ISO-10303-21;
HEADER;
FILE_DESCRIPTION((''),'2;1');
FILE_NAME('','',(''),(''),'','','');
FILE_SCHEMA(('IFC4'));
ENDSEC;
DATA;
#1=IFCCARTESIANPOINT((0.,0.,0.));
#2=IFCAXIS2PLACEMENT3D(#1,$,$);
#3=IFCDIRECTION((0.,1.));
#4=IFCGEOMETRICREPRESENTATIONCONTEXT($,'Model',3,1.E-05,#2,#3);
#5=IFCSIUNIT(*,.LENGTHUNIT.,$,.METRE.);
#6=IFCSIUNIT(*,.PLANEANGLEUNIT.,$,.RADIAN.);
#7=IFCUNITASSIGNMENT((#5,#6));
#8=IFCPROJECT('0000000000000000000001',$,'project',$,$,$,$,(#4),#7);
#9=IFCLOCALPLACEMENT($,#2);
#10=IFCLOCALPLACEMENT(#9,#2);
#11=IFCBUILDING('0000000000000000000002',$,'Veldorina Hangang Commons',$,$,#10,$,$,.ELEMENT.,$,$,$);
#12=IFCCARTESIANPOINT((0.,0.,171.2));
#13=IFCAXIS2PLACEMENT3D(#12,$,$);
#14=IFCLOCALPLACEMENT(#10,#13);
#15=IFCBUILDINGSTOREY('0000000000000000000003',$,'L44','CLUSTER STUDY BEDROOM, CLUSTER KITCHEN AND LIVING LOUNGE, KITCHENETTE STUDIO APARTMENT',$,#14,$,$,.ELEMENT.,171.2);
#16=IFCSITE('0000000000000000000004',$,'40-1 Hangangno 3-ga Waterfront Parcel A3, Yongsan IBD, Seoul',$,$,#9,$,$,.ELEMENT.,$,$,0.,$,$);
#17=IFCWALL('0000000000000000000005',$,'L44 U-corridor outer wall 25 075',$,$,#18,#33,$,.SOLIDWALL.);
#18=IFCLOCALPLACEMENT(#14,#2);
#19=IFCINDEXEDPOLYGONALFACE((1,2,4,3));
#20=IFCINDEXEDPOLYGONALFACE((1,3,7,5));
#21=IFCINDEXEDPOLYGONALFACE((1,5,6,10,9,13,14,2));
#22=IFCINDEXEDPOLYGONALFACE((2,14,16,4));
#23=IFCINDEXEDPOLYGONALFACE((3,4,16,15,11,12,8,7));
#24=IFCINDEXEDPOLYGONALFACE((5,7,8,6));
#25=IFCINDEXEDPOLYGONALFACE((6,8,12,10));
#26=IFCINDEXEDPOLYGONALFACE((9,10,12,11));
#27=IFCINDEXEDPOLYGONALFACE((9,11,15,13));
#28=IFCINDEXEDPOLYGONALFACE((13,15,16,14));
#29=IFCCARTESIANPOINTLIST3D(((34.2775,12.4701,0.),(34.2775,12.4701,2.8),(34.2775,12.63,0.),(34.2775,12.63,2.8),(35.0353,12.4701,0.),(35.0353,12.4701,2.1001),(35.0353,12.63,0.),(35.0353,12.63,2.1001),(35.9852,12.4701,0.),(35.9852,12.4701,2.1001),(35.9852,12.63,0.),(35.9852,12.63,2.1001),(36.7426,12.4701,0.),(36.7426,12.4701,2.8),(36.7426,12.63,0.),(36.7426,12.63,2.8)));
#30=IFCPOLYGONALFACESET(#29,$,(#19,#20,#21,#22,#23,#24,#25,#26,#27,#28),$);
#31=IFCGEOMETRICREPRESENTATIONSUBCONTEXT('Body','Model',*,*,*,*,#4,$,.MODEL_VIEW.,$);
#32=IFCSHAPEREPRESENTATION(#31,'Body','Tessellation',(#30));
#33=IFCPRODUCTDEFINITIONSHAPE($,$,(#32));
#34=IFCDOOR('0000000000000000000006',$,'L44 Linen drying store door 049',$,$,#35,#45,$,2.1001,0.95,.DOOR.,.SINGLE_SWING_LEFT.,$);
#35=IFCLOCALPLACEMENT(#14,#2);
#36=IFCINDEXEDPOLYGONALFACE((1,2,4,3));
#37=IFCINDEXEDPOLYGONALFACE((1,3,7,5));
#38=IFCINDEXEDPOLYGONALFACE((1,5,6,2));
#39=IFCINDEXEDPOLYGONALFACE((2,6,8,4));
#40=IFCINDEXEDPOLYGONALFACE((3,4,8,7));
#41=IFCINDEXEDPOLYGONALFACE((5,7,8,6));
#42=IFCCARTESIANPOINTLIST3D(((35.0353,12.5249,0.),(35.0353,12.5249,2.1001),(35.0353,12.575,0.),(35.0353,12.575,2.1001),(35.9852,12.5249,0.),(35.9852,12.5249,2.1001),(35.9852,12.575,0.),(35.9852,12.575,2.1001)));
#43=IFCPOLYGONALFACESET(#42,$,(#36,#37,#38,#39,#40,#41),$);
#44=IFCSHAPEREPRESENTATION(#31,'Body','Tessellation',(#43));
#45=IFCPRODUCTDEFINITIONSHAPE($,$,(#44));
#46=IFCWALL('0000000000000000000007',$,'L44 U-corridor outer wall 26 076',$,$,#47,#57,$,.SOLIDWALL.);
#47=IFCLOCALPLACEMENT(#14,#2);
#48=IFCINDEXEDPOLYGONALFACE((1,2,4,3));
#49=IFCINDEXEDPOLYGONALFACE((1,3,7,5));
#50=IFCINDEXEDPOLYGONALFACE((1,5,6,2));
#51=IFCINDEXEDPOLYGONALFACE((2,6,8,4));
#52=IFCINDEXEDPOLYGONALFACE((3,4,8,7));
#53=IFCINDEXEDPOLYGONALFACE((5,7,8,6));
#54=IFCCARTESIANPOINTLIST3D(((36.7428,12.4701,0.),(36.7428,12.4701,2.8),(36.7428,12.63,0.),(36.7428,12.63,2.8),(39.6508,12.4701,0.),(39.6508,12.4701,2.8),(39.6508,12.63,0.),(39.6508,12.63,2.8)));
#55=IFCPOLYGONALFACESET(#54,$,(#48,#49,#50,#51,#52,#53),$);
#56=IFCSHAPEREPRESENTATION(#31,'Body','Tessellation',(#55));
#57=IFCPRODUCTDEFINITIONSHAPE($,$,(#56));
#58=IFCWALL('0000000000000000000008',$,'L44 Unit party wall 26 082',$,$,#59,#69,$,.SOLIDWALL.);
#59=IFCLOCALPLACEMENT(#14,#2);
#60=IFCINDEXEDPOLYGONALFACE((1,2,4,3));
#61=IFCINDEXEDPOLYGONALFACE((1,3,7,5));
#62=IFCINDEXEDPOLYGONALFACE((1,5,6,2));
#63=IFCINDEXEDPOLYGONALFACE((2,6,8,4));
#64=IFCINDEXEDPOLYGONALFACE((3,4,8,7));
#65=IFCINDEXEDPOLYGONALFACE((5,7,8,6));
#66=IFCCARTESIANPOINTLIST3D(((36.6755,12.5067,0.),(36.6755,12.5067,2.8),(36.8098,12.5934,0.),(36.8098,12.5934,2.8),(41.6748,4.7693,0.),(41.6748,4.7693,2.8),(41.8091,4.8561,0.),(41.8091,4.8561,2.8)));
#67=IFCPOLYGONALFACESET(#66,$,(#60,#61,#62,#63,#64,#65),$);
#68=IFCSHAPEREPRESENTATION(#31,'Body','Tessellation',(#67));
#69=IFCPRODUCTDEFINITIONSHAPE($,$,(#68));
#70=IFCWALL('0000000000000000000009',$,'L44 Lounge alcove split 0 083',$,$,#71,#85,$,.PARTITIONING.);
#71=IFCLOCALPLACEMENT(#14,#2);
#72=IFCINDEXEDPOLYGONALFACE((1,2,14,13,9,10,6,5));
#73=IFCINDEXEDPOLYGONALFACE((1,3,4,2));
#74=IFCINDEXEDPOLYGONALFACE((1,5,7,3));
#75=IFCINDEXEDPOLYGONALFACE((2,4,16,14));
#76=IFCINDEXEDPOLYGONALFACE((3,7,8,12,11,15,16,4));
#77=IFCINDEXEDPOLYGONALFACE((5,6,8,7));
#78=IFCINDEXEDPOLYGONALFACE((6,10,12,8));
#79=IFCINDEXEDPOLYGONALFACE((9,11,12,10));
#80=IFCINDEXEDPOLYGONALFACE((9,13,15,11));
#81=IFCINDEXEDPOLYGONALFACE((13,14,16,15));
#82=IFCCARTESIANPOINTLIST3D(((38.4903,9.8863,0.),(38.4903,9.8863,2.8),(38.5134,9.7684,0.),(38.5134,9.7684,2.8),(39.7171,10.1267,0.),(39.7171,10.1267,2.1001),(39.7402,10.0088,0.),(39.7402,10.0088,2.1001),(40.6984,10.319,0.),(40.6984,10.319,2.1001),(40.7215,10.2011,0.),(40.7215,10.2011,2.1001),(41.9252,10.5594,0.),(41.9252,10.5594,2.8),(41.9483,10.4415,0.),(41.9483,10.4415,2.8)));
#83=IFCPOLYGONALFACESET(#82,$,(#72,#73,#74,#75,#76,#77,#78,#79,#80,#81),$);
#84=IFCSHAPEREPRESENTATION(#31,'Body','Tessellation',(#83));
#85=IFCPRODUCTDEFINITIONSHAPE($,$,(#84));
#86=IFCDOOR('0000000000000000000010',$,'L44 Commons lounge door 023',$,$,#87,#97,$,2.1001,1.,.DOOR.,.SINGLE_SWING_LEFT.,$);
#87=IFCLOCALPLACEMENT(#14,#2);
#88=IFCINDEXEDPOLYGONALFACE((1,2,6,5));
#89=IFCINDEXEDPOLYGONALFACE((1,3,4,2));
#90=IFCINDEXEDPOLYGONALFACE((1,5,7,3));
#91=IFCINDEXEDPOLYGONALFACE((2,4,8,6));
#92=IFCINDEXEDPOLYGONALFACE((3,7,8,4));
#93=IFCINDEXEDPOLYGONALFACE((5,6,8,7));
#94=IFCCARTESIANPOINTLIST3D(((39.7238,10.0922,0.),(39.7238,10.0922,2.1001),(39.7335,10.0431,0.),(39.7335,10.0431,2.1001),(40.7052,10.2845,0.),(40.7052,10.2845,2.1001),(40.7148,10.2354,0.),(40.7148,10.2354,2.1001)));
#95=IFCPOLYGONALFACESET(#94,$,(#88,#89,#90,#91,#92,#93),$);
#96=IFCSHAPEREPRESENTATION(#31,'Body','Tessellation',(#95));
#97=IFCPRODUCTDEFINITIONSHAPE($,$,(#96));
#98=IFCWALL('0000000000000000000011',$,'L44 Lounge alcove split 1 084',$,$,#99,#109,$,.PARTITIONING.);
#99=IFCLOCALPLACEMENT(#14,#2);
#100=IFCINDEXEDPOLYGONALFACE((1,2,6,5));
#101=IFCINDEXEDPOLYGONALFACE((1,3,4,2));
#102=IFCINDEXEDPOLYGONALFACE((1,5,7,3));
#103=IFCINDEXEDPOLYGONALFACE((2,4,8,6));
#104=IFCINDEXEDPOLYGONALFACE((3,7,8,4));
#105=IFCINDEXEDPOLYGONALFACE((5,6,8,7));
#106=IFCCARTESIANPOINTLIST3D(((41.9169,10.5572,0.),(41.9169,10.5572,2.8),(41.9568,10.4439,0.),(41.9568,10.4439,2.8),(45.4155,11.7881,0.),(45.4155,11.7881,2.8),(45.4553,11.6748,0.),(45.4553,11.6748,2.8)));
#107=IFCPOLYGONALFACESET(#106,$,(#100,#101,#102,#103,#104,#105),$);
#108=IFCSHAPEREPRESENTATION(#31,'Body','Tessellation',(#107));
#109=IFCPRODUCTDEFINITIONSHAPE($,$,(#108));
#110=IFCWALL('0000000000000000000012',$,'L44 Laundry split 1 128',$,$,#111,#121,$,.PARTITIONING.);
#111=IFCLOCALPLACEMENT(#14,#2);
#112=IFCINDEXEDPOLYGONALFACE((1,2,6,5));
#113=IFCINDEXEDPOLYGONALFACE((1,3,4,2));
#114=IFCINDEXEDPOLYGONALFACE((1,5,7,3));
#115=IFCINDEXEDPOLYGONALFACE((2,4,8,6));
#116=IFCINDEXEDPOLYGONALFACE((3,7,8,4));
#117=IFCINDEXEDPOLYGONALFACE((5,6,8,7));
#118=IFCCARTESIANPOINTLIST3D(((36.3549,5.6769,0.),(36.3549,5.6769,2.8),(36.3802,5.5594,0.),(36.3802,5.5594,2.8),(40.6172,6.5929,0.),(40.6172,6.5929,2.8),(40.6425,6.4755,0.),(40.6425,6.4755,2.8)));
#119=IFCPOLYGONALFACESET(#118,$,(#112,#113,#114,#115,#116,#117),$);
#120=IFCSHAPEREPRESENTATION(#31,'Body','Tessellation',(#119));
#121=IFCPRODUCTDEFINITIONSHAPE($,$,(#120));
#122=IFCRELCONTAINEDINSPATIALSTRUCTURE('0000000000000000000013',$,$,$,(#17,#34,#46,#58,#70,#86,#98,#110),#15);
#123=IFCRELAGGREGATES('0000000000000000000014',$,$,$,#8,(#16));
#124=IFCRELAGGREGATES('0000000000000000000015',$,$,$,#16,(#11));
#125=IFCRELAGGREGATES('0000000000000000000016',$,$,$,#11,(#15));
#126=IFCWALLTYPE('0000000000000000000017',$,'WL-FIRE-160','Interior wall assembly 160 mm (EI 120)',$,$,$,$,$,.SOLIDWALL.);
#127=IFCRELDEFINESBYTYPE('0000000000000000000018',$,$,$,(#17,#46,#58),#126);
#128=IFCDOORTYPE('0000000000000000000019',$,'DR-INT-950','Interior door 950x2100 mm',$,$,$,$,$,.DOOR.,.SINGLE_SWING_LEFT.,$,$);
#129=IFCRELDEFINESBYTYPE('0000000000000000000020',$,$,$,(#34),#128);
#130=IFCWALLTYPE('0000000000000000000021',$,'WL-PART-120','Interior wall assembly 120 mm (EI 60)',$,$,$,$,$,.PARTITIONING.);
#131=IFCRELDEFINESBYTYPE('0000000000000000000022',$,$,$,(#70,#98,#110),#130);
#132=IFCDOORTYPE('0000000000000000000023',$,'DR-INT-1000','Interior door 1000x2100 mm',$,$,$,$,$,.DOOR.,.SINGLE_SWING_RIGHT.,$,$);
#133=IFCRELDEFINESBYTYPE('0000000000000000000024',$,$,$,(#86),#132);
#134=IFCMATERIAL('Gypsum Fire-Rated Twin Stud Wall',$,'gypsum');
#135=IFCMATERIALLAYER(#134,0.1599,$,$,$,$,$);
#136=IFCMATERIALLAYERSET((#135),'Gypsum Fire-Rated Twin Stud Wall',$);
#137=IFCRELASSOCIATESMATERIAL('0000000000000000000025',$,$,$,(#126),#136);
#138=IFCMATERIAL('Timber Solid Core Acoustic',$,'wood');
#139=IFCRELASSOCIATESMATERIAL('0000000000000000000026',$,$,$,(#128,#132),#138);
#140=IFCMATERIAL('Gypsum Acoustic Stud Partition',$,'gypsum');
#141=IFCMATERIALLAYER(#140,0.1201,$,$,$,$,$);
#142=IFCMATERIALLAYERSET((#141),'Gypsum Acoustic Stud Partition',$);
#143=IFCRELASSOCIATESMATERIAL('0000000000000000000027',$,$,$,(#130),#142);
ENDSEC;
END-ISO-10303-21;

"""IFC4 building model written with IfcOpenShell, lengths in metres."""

from ifc_helpers import new_model, si_unit, direction, frame, frame_2d, origin, place, context, subcontext, project, spatial, rectangle, extrude, material, layer, layer_set, type_object, element, fill, save


model = new_model("IFC4")

# Units and contexts
model_context = context("Model", 3, precision=1e-05, world=origin(), true_north=direction((0.0, 1.0)))
body_context = subcontext(model_context, "Body", "Model", "MODEL_VIEW")
ifc_project = project(units=[si_unit("LENGTHUNIT", "METRE"), si_unit("PLANEANGLEUNIT", "RADIAN")], contexts=[model_context])

# Site, building, storey
site_placement = place(None, origin())
site = spatial("IfcSite", under=ifc_project, at=site_placement, Name="40-1 Hangangno 3-ga Waterfront Parcel A3, Yongsan IBD, Seoul", CompositionType="ELEMENT", RefElevation=0.0)
building_placement = place(site_placement, origin())
building = spatial("IfcBuilding", under=site, at=building_placement, Name="Veldorina Hangang Commons", CompositionType="ELEMENT")
storey_placement = place(building_placement, frame((0.0, 0.0, 171.2)))
storey = spatial("IfcBuildingStorey", under=building, at=storey_placement, Name="L44", Description="CLUSTER STUDY BEDROOM, CLUSTER KITCHEN AND LIVING LOUNGE, KITCHENETTE STUDIO APARTMENT", CompositionType="ELEMENT", Elevation=171.2)

# Wall, opening, door
ifc_material_1 = material(Name="Gypsum Fire-Rated Twin Stud Wall", Category="gypsum")
ifc_layer_1 = layer(ifc_material_1, 0.1599)
ifc_layer_set_1 = layer_set([ifc_layer_1], Name="Gypsum Fire-Rated Twin Stud Wall")
wall_type_1 = type_object("IfcWallType", Name="WL-FIRE-160", Description="Interior wall assembly 160 mm (EI 120)", PredefinedType="SOLIDWALL", material=ifc_layer_set_1)
wall_1_placement = place(storey_placement, frame((34.2776, 12.55, 0.0), z_axis=(0.0, 0.0, 1.0), x_axis=(1.0, 0.0, 0.0)))
wall_1 = element("IfcWall", 1, at=wall_1_placement, inside=storey, type_object=wall_type_1, Name="L44 U-corridor outer wall 25 075", PredefinedType="SOLIDWALL", context=body_context, shape_type="SweptSolid", body=[
    extrude(rectangle(XDim=2.4651, YDim=0.1599, at=frame_2d((1.2324, 0.0))), origin(), (0.0, 0.0, 1.0), 2.8),
])
opening_1_placement = place(wall_1_placement, frame((0.7576, 0.0, 0.0)))
opening_1 = element("IfcOpeningElement", 2, at=opening_1_placement, cuts=wall_1, PredefinedType="OPENING", context=body_context, shape_type="SweptSolid", body=[
    extrude(rectangle(XDim=0.95, YDim=2.1001, at=frame_2d((0.4751, 1.05))), frame((0.0, 0.0898, 0.0), z_axis=(0.0, -1.0, 0.0), x_axis=(1.0, 0.0, 0.0)), (0.0, 0.0, 1.0), 0.1799),
])
ifc_material_2 = material(Name="Timber Solid Core Acoustic", Category="wood")
door_type_1 = type_object("IfcDoorType", Name="DR-INT-950", Description="Interior door 950x2100 mm", OperationType="SINGLE_SWING_LEFT", PredefinedType="DOOR", material=ifc_material_2)
door_1_placement = place(opening_1_placement, origin())
door_1 = element("IfcDoor", 3, at=door_1_placement, inside=storey, type_object=door_type_1, Name="L44 Linen drying store door 049", OperationType="SINGLE_SWING_LEFT", OverallHeight=2.1001, OverallWidth=0.95, PredefinedType="DOOR", context=body_context, shape_type="SweptSolid", body=[
    extrude(rectangle(XDim=0.95, YDim=2.1001, at=frame_2d((0.4751, 1.05))), frame((0.0, 0.0249, 0.0), z_axis=(0.0, -1.0, 0.0), x_axis=(1.0, 0.0, 0.0)), (0.0, 0.0, 1.0), 0.05),
])
fill(opening_1, door_1)

# Walls
wall_2_placement = place(storey_placement, frame((36.7427, 12.55, 0.0), z_axis=(0.0, 0.0, 1.0), x_axis=(1.0, 0.0, 0.0)))
element("IfcWall", 4, at=wall_2_placement, inside=storey, type_object=wall_type_1, Name="L44 U-corridor outer wall 26 076", PredefinedType="SOLIDWALL", context=body_context, shape_type="SweptSolid", body=[
    extrude(rectangle(XDim=2.908, YDim=0.1599, at=frame_2d((1.4541, 0.0))), origin(), (0.0, 0.0, 1.0), 2.8),
])
wall_3_placement = place(storey_placement, frame((36.7427, 12.55, 0.0), z_axis=(0.0, 0.0, 1.0), x_axis=(0.542698, -0.839928, 0.0)))
element("IfcWall", 5, at=wall_3_placement, inside=storey, type_object=wall_type_1, Name="L44 Unit party wall 26 082", PredefinedType="SOLIDWALL", context=body_context, shape_type="SweptSolid", body=[
    extrude(rectangle(XDim=9.2119, YDim=0.1599, at=frame_2d((4.606, 0.0))), origin(), (0.0, 0.0, 1.0), 2.8),
])

# Wall, opening, door
ifc_material_3 = material(Name="Gypsum Acoustic Stud Partition", Category="gypsum")
ifc_layer_2 = layer(ifc_material_3, 0.1201)
ifc_layer_set_2 = layer_set([ifc_layer_2], Name="Gypsum Acoustic Stud Partition")
wall_type_2 = type_object("IfcWallType", Name="WL-PART-120", Description="Interior wall assembly 120 mm (EI 60)", PredefinedType="PARTITIONING", material=ifc_layer_set_2)
wall_4_placement = place(storey_placement, frame((38.502, 9.8274, 0.0), z_axis=(0.0, 0.0, 1.0), x_axis=(0.981335, 0.192305, 0.0)))
wall_4 = element("IfcWall", 6, at=wall_4_placement, inside=storey, type_object=wall_type_2, Name="L44 Lounge alcove split 0 083", PredefinedType="PARTITIONING", context=body_context, shape_type="SweptSolid", body=[
    extrude(rectangle(XDim=3.5002, YDim=0.1201, at=frame_2d((1.75, 0.0))), origin(), (0.0, 0.0, 1.0), 2.8),
])
opening_2_placement = place(wall_4_placement, frame((1.25, 0.0, 0.0)))
opening_2 = element("IfcOpeningElement", 7, at=opening_2_placement, cuts=wall_4, PredefinedType="OPENING", context=body_context, shape_type="SweptSolid", body=[
    extrude(rectangle(XDim=1.0, YDim=2.1001, at=frame_2d((0.5, 1.05))), frame((0.0, 0.0701, 0.0), z_axis=(0.0, -1.0, 0.0), x_axis=(1.0, 0.0, 0.0)), (0.0, 0.0, 1.0), 0.1401),
])
door_type_2 = type_object("IfcDoorType", Name="DR-INT-1000", Description="Interior door 1000x2100 mm", OperationType="SINGLE_SWING_RIGHT", PredefinedType="DOOR", material=ifc_material_2)
door_2_placement = place(opening_2_placement, origin())
door_2 = element("IfcDoor", 8, at=door_2_placement, inside=storey, type_object=door_type_2, Name="L44 Commons lounge door 023", OperationType="SINGLE_SWING_LEFT", OverallHeight=2.1001, OverallWidth=1.0, PredefinedType="DOOR", context=body_context, shape_type="SweptSolid", body=[
    extrude(rectangle(XDim=1.0, YDim=2.1001, at=frame_2d((0.5, 1.05))), frame((0.0, 0.0249, 0.0), z_axis=(0.0, -1.0, 0.0), x_axis=(1.0, 0.0, 0.0)), (0.0, 0.0, 1.0), 0.05),
])
fill(opening_2, door_2)

# Walls
wall_5_placement = place(storey_placement, frame((41.9368, 10.5005, 0.0), z_axis=(0.0, 0.0, 1.0), x_axis=(0.943313, 0.331904, 0.0)))
element("IfcWall", 9, at=wall_5_placement, inside=storey, type_object=wall_type_2, Name="L44 Lounge alcove split 1 084", PredefinedType="PARTITIONING", context=body_context, shape_type="SweptSolid", body=[
    extrude(rectangle(XDim=3.7087, YDim=0.1201, at=frame_2d((1.8545, 0.0))), origin(), (0.0, 0.0, 1.0), 2.8),
])
wall_6_placement = place(storey_placement, frame((36.3677, 5.6182, 0.0), z_axis=(0.0, 0.0, 1.0), x_axis=(0.977676, 0.210118, 0.0)))
element("IfcWall", 10, at=wall_6_placement, inside=storey, type_object=wall_type_2, Name="L44 Laundry split 1 128", PredefinedType="PARTITIONING", context=body_context, shape_type="SweptSolid", body=[
    extrude(rectangle(XDim=4.3596, YDim=0.1201, at=frame_2d((2.1797, 0.0))), origin(), (0.0, 0.0, 1.0), 2.8),
])

save(model, "model.ifc")
